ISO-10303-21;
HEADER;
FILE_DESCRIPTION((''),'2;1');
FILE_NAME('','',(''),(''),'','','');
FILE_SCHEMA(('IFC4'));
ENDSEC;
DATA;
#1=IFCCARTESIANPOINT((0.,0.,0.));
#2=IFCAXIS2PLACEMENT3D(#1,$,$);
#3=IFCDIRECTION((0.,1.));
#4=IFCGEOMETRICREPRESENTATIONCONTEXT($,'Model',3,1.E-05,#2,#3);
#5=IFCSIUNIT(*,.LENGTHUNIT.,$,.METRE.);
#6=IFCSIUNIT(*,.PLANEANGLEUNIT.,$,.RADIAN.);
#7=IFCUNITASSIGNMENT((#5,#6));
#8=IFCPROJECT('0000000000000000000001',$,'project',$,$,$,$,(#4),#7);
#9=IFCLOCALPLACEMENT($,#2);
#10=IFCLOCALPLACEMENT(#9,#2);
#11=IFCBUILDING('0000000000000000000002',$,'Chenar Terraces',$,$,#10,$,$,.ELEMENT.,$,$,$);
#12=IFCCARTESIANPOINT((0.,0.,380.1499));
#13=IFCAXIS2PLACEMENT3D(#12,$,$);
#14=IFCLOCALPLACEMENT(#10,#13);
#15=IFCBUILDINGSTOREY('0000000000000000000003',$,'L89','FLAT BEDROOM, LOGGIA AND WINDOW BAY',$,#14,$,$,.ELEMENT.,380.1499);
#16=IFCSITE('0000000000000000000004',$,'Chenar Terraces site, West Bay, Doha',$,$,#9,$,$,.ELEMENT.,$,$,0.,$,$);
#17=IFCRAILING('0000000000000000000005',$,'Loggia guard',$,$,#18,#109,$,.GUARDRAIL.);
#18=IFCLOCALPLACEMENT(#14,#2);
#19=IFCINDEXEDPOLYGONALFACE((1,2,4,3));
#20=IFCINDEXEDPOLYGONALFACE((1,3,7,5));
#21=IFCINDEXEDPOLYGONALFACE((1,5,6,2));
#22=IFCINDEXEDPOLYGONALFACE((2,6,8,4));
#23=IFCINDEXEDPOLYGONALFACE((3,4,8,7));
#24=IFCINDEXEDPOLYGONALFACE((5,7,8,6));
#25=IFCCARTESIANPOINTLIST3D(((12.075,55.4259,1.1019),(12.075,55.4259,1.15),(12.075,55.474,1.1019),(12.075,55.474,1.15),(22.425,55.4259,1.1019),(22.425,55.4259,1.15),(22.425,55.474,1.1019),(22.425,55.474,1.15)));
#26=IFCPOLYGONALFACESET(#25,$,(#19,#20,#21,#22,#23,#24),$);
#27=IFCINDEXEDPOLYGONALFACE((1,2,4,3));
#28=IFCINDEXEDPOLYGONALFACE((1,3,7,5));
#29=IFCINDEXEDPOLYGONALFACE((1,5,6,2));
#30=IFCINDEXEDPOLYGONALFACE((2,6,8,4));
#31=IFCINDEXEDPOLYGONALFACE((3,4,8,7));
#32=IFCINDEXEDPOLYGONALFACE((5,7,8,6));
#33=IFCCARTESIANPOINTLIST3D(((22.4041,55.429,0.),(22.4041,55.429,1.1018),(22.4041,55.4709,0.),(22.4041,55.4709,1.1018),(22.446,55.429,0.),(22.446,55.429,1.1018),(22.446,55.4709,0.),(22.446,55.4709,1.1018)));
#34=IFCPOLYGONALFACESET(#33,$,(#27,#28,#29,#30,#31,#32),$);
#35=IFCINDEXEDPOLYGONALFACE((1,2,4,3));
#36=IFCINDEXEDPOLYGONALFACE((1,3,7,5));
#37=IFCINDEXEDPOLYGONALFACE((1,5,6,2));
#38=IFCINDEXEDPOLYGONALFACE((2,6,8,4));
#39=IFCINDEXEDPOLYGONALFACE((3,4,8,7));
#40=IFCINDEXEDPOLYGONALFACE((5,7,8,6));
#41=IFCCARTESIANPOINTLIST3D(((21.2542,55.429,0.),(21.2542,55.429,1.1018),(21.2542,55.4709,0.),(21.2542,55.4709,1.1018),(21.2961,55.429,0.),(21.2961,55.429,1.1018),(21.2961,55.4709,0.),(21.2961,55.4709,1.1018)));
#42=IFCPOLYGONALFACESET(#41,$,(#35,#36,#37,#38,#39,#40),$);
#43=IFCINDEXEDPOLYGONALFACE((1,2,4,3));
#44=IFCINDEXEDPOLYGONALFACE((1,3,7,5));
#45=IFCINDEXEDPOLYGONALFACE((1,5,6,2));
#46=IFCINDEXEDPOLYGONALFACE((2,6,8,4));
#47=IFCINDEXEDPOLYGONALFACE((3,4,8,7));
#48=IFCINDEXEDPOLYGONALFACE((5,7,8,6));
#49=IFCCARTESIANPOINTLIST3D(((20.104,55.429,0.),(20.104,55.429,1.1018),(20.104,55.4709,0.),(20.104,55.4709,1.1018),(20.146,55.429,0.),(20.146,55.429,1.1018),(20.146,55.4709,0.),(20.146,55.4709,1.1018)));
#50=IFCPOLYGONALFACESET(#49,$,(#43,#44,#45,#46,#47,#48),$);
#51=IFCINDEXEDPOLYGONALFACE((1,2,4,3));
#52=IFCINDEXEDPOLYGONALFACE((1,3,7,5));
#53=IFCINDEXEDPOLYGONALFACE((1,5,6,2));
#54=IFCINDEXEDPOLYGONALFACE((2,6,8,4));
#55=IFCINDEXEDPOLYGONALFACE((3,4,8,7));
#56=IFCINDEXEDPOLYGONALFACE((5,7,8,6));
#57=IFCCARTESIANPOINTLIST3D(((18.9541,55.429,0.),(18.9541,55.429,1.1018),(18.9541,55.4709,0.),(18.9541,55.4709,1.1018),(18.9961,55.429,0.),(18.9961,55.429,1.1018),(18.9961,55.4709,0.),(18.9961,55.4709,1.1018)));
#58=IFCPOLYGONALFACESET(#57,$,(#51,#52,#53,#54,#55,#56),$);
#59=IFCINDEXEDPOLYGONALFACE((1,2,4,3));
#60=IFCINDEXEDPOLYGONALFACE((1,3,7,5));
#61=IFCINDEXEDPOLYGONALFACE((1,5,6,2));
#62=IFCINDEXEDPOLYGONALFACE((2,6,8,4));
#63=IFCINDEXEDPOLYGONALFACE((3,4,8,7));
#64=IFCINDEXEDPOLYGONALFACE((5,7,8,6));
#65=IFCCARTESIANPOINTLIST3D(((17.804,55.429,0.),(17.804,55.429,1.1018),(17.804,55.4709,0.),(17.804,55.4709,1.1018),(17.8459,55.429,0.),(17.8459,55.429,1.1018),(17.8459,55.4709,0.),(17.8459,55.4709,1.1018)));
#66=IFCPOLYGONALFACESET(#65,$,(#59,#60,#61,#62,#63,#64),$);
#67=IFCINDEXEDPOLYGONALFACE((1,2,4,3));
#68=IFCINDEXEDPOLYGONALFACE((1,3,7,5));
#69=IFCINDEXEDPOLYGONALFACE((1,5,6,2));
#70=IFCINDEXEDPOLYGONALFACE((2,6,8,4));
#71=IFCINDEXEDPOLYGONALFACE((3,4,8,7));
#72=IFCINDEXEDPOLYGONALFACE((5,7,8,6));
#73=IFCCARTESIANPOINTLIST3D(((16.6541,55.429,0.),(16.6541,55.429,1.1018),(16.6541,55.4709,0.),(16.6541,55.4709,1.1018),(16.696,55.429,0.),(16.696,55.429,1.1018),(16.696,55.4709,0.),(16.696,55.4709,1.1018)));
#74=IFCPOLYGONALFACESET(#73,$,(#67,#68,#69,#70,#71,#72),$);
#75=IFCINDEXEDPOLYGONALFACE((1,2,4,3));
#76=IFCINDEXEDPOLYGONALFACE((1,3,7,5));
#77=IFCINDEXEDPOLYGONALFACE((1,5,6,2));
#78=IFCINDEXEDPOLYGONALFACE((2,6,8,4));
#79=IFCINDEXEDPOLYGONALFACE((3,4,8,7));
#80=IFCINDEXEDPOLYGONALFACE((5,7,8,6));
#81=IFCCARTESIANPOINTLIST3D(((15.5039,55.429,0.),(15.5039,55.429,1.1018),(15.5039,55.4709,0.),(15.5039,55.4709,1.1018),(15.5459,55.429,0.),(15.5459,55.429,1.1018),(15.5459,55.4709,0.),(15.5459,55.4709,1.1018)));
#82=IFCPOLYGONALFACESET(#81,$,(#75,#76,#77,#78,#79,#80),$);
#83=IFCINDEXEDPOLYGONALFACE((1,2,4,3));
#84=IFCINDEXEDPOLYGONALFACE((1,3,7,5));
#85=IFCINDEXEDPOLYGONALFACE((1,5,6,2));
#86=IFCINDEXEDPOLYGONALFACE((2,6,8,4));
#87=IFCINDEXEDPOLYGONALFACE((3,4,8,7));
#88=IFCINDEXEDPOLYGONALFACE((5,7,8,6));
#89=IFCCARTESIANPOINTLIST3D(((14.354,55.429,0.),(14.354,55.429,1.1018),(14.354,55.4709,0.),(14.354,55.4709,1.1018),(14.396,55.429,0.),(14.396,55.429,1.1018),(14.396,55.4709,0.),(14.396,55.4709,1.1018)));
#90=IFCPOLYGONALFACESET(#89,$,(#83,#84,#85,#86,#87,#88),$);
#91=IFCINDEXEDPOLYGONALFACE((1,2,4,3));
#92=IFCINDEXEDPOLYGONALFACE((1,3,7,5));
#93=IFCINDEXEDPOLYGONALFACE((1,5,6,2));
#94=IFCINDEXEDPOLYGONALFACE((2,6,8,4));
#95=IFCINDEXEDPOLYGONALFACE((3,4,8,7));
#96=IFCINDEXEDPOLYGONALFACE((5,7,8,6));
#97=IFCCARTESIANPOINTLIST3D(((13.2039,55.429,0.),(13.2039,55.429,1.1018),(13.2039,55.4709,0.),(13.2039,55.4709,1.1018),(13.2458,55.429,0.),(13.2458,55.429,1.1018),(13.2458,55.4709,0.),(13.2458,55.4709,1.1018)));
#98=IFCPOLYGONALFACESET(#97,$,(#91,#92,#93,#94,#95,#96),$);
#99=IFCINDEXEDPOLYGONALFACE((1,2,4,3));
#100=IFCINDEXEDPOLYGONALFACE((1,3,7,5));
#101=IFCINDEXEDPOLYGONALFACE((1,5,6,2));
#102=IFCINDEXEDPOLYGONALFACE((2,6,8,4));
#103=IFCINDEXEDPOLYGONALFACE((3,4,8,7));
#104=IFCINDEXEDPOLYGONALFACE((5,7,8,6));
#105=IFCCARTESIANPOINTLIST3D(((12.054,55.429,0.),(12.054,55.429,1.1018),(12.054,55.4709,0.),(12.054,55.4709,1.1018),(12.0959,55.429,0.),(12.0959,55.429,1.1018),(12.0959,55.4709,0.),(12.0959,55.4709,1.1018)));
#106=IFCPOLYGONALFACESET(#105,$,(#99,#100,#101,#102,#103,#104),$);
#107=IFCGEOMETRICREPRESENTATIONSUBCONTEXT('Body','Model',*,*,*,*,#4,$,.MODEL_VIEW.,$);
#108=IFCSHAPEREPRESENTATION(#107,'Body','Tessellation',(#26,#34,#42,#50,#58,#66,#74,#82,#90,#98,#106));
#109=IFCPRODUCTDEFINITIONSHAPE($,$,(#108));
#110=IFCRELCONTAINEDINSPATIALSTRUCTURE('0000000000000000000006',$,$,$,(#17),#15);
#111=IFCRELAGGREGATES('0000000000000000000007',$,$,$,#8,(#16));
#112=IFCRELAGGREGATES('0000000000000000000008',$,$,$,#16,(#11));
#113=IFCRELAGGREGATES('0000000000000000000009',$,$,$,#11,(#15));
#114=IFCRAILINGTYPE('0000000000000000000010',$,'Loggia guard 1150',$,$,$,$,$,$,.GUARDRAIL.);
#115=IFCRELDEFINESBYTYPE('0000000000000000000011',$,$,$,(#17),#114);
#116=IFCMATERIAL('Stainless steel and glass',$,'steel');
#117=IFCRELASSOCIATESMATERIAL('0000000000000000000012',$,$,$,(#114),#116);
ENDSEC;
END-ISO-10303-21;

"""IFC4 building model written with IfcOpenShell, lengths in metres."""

from ifc_helpers import new_model, si_unit, direction, frame, origin, origin_2d, place, context, subcontext, project, spatial, rectangle, extrude, material, type_object, element, save


model = new_model("IFC4")

# Units and contexts
model_context = context("Model", 3, precision=1e-05, world=origin(), true_north=direction((0.0, 1.0)))
body_context = subcontext(model_context, "Body", "Model", "MODEL_VIEW")
ifc_project = project(units=[si_unit("LENGTHUNIT", "METRE"), si_unit("PLANEANGLEUNIT", "RADIAN")], contexts=[model_context])

# Site, building, storey
site_placement = place(None, origin())
site = spatial("IfcSite", under=ifc_project, at=site_placement, Name="Chenar Terraces site, West Bay, Doha", CompositionType="ELEMENT", RefElevation=0.0)
building_placement = place(site_placement, origin())
building = spatial("IfcBuilding", under=site, at=building_placement, Name="Chenar Terraces", CompositionType="ELEMENT")
storey_placement = place(building_placement, frame((0.0, 0.0, 380.1499)))
storey = spatial("IfcBuildingStorey", under=building, at=storey_placement, Name="L89", Description="FLAT BEDROOM, LOGGIA AND WINDOW BAY", CompositionType="ELEMENT", Elevation=380.1499)

# Railing
ifc_material_1 = material(Name="Stainless steel and glass", Category="steel")
railing_type_1 = type_object("IfcRailingType", Name="Loggia guard 1150", PredefinedType="GUARDRAIL", material=ifc_material_1)
railing_1_placement = place(storey_placement, frame((22.425, 55.45, 0.0)))
element("IfcRailing", 1, at=railing_1_placement, inside=storey, type_object=railing_type_1, Name="Loggia guard", PredefinedType="GUARDRAIL", context=body_context, shape_type="SweptSolid", body=[
    extrude(rectangle(XDim=0.0481, YDim=0.0481, at=origin_2d()), frame((0.0, 0.0, 1.126), z_axis=(-1.0, 0.0, 0.0), x_axis=(0.0, -1.0, 0.0)), (0.0, 0.0, 1.0), 10.3501),
    extrude(rectangle(XDim=0.042, YDim=0.042, at=origin_2d()), origin(), (0.0, 0.0, 1.0), 1.1018),
    extrude(rectangle(XDim=0.042, YDim=0.042, at=origin_2d()), frame((-1.1499, 0.0, 0.0)), (0.0, 0.0, 1.0), 1.1018),
    extrude(rectangle(XDim=0.042, YDim=0.042, at=origin_2d()), frame((-2.3, 0.0, 0.0)), (0.0, 0.0, 1.0), 1.1018),
    extrude(rectangle(XDim=0.042, YDim=0.042, at=origin_2d()), frame((-3.45, 0.0, 0.0)), (0.0, 0.0, 1.0), 1.1018),
    extrude(rectangle(XDim=0.042, YDim=0.042, at=origin_2d()), frame((-4.6001, 0.0, 0.0)), (0.0, 0.0, 1.0), 1.1018),
    extrude(rectangle(XDim=0.042, YDim=0.042, at=origin_2d()), frame((-5.75, 0.0, 0.0)), (0.0, 0.0, 1.0), 1.1018),
    extrude(rectangle(XDim=0.042, YDim=0.042, at=origin_2d()), frame((-6.9001, 0.0, 0.0)), (0.0, 0.0, 1.0), 1.1018),
    extrude(rectangle(XDim=0.042, YDim=0.042, at=origin_2d()), frame((-8.05, 0.0, 0.0)), (0.0, 0.0, 1.0), 1.1018),
    extrude(rectangle(XDim=0.042, YDim=0.042, at=origin_2d()), frame((-9.2002, 0.0, 0.0)), (0.0, 0.0, 1.0), 1.1018),
    extrude(rectangle(XDim=0.042, YDim=0.042, at=origin_2d()), frame((-10.3501, 0.0, 0.0)), (0.0, 0.0, 1.0), 1.1018),
])

save(model, "model.ifc")
